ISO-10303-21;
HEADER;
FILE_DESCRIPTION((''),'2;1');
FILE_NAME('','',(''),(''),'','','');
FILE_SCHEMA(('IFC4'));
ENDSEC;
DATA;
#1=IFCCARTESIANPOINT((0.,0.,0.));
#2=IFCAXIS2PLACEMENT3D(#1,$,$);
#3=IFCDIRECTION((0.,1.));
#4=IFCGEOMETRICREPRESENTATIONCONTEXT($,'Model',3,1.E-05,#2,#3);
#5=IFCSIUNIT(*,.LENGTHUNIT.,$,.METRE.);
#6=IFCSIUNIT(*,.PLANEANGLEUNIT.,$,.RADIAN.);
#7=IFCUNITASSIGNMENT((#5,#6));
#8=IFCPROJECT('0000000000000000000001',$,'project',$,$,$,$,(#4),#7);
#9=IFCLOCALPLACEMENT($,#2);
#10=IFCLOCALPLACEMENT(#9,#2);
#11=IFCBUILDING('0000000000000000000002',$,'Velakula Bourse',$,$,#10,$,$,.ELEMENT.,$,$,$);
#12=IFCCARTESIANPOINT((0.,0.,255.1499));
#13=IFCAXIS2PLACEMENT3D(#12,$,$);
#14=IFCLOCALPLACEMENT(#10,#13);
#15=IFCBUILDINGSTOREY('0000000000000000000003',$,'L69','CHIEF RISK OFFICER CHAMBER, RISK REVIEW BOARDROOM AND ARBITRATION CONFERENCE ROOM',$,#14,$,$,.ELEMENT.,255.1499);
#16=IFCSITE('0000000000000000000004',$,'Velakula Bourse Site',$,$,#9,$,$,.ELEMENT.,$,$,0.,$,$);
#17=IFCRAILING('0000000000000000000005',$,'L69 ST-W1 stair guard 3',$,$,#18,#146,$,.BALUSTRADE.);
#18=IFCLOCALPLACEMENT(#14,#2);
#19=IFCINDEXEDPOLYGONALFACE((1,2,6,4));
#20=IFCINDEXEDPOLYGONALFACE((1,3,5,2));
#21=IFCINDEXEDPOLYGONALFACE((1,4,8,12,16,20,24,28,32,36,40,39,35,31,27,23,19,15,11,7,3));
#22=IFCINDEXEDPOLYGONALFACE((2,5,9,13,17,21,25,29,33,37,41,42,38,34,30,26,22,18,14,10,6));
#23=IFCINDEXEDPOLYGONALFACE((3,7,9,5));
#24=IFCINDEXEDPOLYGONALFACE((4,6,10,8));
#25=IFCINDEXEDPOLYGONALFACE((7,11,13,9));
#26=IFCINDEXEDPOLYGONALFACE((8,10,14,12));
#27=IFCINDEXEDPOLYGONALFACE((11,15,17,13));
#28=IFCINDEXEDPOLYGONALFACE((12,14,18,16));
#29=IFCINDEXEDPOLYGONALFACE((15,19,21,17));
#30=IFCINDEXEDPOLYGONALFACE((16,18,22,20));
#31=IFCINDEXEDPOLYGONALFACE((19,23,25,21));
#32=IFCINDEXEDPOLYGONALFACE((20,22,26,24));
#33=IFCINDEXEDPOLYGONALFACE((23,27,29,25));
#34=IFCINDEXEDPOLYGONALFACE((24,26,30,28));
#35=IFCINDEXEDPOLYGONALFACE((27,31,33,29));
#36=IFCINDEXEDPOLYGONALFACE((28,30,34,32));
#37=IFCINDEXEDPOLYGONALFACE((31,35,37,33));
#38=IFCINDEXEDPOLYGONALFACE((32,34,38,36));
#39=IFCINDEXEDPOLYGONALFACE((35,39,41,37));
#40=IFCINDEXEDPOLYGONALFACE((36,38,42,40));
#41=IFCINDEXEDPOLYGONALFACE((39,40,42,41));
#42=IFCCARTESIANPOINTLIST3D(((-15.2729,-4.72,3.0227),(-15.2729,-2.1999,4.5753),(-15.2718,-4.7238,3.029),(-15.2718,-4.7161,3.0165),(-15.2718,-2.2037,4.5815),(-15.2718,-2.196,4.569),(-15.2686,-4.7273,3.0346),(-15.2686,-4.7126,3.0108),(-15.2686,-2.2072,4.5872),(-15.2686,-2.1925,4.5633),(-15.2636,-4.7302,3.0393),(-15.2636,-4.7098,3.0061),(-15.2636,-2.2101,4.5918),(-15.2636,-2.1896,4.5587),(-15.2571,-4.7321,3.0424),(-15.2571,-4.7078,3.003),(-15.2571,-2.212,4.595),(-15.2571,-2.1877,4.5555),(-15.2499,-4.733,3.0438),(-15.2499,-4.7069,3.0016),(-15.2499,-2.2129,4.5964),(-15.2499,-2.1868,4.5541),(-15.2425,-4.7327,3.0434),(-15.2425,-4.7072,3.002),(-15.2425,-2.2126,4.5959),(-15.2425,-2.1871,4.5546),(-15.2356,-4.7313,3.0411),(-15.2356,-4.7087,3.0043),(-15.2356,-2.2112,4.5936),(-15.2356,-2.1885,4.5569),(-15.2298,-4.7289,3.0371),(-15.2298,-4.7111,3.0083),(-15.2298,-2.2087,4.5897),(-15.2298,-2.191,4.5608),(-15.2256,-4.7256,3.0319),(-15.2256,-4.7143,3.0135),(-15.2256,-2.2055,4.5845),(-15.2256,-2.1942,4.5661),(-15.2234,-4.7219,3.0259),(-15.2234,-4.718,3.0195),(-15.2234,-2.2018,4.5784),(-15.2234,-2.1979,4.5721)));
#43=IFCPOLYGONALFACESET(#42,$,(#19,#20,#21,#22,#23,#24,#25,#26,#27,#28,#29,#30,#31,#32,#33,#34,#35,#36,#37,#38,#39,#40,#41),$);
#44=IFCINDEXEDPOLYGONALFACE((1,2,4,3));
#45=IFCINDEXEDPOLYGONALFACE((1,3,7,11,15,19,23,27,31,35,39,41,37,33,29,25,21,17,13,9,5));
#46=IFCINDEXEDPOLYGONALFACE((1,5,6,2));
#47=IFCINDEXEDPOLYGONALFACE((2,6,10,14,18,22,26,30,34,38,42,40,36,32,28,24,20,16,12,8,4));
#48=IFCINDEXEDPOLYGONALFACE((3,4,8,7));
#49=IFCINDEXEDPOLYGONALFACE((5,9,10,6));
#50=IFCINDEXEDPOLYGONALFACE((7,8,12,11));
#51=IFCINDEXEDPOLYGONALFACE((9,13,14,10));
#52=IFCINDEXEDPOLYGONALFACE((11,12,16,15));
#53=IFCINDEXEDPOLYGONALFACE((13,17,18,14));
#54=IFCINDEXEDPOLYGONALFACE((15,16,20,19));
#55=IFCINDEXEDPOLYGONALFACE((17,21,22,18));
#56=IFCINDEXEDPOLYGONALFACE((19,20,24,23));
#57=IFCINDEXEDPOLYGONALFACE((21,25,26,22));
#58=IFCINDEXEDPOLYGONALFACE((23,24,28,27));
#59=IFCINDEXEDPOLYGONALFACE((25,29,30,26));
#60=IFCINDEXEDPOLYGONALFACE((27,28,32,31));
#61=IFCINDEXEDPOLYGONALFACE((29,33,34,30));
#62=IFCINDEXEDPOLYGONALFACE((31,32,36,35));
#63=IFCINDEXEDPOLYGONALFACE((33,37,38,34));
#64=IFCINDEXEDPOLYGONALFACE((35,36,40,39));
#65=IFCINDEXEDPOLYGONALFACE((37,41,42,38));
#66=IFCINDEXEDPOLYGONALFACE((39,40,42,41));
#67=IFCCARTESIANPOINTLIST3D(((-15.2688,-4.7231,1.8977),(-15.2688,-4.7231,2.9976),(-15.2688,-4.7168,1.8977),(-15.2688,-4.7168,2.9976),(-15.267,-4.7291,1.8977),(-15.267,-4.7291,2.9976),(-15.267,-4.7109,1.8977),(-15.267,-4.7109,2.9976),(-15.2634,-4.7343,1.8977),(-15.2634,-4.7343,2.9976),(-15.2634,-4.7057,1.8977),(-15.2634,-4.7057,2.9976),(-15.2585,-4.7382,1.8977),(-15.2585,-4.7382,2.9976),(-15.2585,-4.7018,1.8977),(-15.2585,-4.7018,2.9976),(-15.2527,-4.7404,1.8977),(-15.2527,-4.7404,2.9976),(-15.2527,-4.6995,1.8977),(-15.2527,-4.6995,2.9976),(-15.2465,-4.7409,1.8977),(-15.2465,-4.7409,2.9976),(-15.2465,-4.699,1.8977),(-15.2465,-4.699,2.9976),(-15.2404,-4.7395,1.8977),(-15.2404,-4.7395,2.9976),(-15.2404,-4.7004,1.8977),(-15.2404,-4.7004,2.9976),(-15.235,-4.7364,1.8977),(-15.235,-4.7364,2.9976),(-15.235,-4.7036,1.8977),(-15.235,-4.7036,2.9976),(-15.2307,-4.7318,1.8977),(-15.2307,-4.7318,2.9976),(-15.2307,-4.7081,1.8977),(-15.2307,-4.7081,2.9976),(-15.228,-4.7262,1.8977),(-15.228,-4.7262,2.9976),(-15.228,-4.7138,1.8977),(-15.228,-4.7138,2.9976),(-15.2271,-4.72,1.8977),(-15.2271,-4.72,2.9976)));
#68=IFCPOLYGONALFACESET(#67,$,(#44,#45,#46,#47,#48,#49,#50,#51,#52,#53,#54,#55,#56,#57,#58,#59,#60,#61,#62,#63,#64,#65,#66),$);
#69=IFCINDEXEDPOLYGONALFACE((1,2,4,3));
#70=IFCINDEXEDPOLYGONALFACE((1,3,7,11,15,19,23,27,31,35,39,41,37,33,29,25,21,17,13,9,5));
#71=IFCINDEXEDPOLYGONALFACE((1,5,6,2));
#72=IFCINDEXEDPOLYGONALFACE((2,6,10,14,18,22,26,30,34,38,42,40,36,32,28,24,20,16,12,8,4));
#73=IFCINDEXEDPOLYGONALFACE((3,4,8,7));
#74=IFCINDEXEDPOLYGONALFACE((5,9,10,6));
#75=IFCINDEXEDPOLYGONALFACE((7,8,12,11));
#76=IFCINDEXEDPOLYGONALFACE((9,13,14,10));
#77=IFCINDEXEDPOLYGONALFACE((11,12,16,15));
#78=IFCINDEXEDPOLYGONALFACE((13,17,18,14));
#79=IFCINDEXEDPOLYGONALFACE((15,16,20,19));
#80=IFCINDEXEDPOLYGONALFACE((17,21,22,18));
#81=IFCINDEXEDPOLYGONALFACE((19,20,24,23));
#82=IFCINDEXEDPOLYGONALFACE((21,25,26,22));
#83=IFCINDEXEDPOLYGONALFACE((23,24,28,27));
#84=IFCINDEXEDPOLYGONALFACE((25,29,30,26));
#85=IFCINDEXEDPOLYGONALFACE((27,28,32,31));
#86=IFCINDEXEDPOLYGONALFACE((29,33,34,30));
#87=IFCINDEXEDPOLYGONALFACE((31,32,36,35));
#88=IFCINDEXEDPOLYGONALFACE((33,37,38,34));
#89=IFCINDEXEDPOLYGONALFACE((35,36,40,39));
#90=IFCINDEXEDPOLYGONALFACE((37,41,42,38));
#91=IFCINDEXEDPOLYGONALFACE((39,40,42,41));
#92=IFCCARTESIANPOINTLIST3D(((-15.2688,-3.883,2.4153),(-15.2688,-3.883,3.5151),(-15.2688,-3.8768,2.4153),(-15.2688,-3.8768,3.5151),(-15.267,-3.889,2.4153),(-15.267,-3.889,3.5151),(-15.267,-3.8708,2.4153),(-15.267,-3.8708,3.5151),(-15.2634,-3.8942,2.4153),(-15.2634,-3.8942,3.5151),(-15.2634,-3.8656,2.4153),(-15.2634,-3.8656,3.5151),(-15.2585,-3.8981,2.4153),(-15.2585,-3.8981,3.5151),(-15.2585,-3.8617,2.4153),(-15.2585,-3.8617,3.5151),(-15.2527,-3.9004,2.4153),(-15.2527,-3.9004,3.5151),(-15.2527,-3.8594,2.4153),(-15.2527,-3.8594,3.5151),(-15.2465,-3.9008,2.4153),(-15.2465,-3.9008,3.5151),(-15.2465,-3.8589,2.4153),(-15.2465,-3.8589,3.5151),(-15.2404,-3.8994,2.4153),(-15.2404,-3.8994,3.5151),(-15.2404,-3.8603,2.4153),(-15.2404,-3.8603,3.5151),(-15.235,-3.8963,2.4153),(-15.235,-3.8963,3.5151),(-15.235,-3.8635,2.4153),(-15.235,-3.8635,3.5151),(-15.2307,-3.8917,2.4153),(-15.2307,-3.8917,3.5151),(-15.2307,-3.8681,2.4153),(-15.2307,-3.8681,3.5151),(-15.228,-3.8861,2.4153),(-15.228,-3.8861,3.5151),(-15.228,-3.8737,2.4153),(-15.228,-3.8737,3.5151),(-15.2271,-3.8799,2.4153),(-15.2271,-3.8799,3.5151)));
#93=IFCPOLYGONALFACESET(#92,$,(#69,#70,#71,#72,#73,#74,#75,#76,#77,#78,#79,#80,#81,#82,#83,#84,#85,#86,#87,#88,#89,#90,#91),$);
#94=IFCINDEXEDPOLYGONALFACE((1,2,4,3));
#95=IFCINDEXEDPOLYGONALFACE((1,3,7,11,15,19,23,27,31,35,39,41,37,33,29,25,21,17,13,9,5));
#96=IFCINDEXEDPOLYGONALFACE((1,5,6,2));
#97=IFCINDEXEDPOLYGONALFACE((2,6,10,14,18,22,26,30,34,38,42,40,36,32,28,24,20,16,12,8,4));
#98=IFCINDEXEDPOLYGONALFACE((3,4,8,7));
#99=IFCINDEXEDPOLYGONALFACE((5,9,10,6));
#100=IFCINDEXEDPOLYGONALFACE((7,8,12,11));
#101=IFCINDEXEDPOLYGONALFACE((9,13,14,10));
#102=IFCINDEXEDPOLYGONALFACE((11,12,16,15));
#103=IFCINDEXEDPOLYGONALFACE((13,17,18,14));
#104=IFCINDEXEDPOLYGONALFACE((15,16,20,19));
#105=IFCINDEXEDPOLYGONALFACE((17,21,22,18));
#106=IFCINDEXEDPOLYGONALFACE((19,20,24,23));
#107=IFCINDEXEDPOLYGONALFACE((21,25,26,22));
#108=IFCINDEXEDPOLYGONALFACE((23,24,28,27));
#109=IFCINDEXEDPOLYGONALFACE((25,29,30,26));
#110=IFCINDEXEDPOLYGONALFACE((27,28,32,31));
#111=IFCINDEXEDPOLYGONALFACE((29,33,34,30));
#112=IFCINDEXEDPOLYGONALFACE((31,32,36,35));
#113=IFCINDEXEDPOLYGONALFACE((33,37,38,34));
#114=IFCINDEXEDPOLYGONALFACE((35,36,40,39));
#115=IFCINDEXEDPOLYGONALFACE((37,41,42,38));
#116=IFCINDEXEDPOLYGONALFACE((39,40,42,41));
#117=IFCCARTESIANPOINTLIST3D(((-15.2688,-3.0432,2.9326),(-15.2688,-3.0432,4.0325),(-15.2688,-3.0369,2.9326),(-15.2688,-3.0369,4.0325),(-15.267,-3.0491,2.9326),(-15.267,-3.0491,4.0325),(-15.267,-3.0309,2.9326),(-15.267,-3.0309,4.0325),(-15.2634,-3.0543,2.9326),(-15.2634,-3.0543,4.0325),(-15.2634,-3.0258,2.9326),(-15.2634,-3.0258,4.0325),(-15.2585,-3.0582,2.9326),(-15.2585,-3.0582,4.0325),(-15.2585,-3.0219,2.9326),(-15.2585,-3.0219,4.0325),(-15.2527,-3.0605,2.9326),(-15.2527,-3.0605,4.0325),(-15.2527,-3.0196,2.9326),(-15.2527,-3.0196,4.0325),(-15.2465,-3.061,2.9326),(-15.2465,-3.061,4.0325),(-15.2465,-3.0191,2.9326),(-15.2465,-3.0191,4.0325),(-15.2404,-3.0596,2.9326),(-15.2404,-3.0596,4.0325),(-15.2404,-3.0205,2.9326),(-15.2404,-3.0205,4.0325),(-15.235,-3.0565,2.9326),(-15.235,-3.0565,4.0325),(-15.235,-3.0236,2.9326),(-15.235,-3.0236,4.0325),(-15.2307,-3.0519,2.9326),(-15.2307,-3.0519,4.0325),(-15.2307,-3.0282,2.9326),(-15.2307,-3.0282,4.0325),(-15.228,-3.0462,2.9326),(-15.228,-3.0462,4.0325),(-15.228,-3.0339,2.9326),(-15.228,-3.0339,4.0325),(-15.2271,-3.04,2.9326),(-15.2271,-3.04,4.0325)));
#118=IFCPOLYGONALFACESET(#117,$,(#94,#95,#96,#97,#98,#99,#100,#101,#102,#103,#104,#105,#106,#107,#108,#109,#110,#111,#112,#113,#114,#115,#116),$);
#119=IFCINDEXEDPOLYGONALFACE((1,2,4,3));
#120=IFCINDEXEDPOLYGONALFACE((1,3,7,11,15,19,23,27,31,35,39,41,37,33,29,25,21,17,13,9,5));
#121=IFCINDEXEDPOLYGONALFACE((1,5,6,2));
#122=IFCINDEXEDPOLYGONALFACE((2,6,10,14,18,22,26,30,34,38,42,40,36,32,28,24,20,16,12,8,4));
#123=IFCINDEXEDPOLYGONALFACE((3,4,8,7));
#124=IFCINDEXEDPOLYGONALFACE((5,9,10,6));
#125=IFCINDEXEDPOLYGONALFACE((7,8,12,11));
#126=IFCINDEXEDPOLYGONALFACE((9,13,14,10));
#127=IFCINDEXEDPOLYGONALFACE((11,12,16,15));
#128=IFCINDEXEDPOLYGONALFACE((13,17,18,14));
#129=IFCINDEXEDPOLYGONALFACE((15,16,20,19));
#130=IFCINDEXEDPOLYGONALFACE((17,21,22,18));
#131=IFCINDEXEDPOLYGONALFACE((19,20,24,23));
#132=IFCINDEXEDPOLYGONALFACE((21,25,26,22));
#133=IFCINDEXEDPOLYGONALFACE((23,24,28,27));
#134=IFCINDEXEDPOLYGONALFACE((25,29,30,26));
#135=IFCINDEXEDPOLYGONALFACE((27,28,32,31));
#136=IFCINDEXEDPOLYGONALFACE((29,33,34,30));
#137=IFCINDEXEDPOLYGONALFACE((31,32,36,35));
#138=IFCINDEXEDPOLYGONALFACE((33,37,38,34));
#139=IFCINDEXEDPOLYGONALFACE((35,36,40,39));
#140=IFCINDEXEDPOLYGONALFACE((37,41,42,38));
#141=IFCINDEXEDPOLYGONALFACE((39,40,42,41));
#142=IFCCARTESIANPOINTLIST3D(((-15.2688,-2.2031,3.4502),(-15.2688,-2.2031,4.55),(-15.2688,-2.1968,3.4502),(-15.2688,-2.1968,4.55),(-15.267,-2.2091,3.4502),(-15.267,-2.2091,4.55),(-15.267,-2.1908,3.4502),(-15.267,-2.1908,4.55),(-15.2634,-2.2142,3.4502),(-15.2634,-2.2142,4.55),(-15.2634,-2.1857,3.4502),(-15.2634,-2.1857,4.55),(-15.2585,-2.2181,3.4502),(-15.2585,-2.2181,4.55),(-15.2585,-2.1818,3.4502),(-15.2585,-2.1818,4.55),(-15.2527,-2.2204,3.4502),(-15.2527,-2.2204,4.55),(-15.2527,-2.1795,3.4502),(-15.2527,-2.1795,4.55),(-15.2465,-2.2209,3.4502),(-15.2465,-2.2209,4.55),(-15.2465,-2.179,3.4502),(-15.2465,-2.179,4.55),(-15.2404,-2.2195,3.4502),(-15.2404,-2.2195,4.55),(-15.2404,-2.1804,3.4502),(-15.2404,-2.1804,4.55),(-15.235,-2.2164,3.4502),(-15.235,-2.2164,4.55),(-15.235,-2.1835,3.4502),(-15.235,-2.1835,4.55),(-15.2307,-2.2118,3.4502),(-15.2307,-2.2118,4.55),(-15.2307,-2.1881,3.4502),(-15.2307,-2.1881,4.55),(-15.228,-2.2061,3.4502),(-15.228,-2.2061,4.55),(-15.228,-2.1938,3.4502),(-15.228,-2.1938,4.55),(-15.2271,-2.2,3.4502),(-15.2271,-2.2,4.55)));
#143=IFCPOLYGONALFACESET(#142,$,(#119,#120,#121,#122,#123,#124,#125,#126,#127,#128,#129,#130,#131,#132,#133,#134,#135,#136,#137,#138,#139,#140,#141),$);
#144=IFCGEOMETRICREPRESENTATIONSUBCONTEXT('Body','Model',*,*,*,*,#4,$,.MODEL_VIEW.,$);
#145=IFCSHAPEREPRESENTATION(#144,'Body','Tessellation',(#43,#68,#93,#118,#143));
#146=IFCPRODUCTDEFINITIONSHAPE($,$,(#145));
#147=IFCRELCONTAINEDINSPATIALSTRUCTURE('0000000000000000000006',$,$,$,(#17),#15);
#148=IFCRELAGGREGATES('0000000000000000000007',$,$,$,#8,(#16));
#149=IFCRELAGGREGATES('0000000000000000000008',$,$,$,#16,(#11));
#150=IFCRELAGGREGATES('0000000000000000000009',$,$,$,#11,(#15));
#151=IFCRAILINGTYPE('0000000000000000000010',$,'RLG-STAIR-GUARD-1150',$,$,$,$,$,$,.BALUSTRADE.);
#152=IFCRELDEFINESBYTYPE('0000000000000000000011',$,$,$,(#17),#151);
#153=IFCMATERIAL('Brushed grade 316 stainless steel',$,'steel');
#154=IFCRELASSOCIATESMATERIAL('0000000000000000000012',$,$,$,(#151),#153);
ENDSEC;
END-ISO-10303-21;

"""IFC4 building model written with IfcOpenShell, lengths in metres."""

from ifc_helpers import new_model, si_unit, direction, frame, origin, origin_2d, place, context, subcontext, project, spatial, circle, extrude, material, type_object, element, save


model = new_model("IFC4")

# Units and contexts
model_context = context("Model", 3, precision=1e-05, world=origin(), true_north=direction((0.0, 1.0)))
body_context = subcontext(model_context, "Body", "Model", "MODEL_VIEW")
ifc_project = project(units=[si_unit("LENGTHUNIT", "METRE"), si_unit("PLANEANGLEUNIT", "RADIAN")], contexts=[model_context])

# Site, building, storey
site_placement = place(None, origin())
site = spatial("IfcSite", under=ifc_project, at=site_placement, Name="Velakula Bourse Site", CompositionType="ELEMENT", RefElevation=0.0)
building_placement = place(site_placement, origin())
building = spatial("IfcBuilding", under=site, at=building_placement, Name="Velakula Bourse", CompositionType="ELEMENT")
storey_placement = place(building_placement, frame((0.0, 0.0, 255.1499)))
storey = spatial("IfcBuildingStorey", under=building, at=storey_placement, Name="L69", Description="CHIEF RISK OFFICER CHAMBER, RISK REVIEW BOARDROOM AND ARBITRATION CONFERENCE ROOM", CompositionType="ELEMENT", Elevation=255.1499)

# Shared definitions
ifc_material_1 = material(Name="Brushed grade 316 stainless steel", Category="steel")

# Railing
railing_type_1 = type_object("IfcRailingType", Name="RLG-STAIR-GUARD-1150", PredefinedType="BALUSTRADE", material=ifc_material_1)
railing_1_placement = place(storey_placement, frame((-15.248, -4.72, 1.8977)))
element("IfcRailing", 1, at=railing_1_placement, inside=storey, type_object=railing_type_1, Name="L69 ST-W1 stair guard 3", PredefinedType="BALUSTRADE", context=body_context, shape_type="SweptSolid", body=[
    extrude(circle(Radius=0.0249, at=origin_2d()), frame((0.0, 0.0, 1.125), z_axis=(0.0, 0.8514, 0.524516), x_axis=(-1.0, 0.0, 0.0)), (0.0, 0.0, 1.0), 2.96),
    extrude(circle(Radius=0.021, at=origin_2d()), origin(), (0.0, 0.0, 1.0), 1.0999),
    extrude(circle(Radius=0.021, at=origin_2d()), frame((0.0, 0.8401, 0.5176)), (0.0, 0.0, 1.0), 1.0999),
    extrude(circle(Radius=0.021, at=origin_2d()), frame((0.0, 1.6799, 1.0349)), (0.0, 0.0, 1.0), 1.0999),
    extrude(circle(Radius=0.021, at=origin_2d()), frame((0.0, 2.52, 1.5525)), (0.0, 0.0, 1.0), 1.0999),
])

save(model, "model.ifc")
